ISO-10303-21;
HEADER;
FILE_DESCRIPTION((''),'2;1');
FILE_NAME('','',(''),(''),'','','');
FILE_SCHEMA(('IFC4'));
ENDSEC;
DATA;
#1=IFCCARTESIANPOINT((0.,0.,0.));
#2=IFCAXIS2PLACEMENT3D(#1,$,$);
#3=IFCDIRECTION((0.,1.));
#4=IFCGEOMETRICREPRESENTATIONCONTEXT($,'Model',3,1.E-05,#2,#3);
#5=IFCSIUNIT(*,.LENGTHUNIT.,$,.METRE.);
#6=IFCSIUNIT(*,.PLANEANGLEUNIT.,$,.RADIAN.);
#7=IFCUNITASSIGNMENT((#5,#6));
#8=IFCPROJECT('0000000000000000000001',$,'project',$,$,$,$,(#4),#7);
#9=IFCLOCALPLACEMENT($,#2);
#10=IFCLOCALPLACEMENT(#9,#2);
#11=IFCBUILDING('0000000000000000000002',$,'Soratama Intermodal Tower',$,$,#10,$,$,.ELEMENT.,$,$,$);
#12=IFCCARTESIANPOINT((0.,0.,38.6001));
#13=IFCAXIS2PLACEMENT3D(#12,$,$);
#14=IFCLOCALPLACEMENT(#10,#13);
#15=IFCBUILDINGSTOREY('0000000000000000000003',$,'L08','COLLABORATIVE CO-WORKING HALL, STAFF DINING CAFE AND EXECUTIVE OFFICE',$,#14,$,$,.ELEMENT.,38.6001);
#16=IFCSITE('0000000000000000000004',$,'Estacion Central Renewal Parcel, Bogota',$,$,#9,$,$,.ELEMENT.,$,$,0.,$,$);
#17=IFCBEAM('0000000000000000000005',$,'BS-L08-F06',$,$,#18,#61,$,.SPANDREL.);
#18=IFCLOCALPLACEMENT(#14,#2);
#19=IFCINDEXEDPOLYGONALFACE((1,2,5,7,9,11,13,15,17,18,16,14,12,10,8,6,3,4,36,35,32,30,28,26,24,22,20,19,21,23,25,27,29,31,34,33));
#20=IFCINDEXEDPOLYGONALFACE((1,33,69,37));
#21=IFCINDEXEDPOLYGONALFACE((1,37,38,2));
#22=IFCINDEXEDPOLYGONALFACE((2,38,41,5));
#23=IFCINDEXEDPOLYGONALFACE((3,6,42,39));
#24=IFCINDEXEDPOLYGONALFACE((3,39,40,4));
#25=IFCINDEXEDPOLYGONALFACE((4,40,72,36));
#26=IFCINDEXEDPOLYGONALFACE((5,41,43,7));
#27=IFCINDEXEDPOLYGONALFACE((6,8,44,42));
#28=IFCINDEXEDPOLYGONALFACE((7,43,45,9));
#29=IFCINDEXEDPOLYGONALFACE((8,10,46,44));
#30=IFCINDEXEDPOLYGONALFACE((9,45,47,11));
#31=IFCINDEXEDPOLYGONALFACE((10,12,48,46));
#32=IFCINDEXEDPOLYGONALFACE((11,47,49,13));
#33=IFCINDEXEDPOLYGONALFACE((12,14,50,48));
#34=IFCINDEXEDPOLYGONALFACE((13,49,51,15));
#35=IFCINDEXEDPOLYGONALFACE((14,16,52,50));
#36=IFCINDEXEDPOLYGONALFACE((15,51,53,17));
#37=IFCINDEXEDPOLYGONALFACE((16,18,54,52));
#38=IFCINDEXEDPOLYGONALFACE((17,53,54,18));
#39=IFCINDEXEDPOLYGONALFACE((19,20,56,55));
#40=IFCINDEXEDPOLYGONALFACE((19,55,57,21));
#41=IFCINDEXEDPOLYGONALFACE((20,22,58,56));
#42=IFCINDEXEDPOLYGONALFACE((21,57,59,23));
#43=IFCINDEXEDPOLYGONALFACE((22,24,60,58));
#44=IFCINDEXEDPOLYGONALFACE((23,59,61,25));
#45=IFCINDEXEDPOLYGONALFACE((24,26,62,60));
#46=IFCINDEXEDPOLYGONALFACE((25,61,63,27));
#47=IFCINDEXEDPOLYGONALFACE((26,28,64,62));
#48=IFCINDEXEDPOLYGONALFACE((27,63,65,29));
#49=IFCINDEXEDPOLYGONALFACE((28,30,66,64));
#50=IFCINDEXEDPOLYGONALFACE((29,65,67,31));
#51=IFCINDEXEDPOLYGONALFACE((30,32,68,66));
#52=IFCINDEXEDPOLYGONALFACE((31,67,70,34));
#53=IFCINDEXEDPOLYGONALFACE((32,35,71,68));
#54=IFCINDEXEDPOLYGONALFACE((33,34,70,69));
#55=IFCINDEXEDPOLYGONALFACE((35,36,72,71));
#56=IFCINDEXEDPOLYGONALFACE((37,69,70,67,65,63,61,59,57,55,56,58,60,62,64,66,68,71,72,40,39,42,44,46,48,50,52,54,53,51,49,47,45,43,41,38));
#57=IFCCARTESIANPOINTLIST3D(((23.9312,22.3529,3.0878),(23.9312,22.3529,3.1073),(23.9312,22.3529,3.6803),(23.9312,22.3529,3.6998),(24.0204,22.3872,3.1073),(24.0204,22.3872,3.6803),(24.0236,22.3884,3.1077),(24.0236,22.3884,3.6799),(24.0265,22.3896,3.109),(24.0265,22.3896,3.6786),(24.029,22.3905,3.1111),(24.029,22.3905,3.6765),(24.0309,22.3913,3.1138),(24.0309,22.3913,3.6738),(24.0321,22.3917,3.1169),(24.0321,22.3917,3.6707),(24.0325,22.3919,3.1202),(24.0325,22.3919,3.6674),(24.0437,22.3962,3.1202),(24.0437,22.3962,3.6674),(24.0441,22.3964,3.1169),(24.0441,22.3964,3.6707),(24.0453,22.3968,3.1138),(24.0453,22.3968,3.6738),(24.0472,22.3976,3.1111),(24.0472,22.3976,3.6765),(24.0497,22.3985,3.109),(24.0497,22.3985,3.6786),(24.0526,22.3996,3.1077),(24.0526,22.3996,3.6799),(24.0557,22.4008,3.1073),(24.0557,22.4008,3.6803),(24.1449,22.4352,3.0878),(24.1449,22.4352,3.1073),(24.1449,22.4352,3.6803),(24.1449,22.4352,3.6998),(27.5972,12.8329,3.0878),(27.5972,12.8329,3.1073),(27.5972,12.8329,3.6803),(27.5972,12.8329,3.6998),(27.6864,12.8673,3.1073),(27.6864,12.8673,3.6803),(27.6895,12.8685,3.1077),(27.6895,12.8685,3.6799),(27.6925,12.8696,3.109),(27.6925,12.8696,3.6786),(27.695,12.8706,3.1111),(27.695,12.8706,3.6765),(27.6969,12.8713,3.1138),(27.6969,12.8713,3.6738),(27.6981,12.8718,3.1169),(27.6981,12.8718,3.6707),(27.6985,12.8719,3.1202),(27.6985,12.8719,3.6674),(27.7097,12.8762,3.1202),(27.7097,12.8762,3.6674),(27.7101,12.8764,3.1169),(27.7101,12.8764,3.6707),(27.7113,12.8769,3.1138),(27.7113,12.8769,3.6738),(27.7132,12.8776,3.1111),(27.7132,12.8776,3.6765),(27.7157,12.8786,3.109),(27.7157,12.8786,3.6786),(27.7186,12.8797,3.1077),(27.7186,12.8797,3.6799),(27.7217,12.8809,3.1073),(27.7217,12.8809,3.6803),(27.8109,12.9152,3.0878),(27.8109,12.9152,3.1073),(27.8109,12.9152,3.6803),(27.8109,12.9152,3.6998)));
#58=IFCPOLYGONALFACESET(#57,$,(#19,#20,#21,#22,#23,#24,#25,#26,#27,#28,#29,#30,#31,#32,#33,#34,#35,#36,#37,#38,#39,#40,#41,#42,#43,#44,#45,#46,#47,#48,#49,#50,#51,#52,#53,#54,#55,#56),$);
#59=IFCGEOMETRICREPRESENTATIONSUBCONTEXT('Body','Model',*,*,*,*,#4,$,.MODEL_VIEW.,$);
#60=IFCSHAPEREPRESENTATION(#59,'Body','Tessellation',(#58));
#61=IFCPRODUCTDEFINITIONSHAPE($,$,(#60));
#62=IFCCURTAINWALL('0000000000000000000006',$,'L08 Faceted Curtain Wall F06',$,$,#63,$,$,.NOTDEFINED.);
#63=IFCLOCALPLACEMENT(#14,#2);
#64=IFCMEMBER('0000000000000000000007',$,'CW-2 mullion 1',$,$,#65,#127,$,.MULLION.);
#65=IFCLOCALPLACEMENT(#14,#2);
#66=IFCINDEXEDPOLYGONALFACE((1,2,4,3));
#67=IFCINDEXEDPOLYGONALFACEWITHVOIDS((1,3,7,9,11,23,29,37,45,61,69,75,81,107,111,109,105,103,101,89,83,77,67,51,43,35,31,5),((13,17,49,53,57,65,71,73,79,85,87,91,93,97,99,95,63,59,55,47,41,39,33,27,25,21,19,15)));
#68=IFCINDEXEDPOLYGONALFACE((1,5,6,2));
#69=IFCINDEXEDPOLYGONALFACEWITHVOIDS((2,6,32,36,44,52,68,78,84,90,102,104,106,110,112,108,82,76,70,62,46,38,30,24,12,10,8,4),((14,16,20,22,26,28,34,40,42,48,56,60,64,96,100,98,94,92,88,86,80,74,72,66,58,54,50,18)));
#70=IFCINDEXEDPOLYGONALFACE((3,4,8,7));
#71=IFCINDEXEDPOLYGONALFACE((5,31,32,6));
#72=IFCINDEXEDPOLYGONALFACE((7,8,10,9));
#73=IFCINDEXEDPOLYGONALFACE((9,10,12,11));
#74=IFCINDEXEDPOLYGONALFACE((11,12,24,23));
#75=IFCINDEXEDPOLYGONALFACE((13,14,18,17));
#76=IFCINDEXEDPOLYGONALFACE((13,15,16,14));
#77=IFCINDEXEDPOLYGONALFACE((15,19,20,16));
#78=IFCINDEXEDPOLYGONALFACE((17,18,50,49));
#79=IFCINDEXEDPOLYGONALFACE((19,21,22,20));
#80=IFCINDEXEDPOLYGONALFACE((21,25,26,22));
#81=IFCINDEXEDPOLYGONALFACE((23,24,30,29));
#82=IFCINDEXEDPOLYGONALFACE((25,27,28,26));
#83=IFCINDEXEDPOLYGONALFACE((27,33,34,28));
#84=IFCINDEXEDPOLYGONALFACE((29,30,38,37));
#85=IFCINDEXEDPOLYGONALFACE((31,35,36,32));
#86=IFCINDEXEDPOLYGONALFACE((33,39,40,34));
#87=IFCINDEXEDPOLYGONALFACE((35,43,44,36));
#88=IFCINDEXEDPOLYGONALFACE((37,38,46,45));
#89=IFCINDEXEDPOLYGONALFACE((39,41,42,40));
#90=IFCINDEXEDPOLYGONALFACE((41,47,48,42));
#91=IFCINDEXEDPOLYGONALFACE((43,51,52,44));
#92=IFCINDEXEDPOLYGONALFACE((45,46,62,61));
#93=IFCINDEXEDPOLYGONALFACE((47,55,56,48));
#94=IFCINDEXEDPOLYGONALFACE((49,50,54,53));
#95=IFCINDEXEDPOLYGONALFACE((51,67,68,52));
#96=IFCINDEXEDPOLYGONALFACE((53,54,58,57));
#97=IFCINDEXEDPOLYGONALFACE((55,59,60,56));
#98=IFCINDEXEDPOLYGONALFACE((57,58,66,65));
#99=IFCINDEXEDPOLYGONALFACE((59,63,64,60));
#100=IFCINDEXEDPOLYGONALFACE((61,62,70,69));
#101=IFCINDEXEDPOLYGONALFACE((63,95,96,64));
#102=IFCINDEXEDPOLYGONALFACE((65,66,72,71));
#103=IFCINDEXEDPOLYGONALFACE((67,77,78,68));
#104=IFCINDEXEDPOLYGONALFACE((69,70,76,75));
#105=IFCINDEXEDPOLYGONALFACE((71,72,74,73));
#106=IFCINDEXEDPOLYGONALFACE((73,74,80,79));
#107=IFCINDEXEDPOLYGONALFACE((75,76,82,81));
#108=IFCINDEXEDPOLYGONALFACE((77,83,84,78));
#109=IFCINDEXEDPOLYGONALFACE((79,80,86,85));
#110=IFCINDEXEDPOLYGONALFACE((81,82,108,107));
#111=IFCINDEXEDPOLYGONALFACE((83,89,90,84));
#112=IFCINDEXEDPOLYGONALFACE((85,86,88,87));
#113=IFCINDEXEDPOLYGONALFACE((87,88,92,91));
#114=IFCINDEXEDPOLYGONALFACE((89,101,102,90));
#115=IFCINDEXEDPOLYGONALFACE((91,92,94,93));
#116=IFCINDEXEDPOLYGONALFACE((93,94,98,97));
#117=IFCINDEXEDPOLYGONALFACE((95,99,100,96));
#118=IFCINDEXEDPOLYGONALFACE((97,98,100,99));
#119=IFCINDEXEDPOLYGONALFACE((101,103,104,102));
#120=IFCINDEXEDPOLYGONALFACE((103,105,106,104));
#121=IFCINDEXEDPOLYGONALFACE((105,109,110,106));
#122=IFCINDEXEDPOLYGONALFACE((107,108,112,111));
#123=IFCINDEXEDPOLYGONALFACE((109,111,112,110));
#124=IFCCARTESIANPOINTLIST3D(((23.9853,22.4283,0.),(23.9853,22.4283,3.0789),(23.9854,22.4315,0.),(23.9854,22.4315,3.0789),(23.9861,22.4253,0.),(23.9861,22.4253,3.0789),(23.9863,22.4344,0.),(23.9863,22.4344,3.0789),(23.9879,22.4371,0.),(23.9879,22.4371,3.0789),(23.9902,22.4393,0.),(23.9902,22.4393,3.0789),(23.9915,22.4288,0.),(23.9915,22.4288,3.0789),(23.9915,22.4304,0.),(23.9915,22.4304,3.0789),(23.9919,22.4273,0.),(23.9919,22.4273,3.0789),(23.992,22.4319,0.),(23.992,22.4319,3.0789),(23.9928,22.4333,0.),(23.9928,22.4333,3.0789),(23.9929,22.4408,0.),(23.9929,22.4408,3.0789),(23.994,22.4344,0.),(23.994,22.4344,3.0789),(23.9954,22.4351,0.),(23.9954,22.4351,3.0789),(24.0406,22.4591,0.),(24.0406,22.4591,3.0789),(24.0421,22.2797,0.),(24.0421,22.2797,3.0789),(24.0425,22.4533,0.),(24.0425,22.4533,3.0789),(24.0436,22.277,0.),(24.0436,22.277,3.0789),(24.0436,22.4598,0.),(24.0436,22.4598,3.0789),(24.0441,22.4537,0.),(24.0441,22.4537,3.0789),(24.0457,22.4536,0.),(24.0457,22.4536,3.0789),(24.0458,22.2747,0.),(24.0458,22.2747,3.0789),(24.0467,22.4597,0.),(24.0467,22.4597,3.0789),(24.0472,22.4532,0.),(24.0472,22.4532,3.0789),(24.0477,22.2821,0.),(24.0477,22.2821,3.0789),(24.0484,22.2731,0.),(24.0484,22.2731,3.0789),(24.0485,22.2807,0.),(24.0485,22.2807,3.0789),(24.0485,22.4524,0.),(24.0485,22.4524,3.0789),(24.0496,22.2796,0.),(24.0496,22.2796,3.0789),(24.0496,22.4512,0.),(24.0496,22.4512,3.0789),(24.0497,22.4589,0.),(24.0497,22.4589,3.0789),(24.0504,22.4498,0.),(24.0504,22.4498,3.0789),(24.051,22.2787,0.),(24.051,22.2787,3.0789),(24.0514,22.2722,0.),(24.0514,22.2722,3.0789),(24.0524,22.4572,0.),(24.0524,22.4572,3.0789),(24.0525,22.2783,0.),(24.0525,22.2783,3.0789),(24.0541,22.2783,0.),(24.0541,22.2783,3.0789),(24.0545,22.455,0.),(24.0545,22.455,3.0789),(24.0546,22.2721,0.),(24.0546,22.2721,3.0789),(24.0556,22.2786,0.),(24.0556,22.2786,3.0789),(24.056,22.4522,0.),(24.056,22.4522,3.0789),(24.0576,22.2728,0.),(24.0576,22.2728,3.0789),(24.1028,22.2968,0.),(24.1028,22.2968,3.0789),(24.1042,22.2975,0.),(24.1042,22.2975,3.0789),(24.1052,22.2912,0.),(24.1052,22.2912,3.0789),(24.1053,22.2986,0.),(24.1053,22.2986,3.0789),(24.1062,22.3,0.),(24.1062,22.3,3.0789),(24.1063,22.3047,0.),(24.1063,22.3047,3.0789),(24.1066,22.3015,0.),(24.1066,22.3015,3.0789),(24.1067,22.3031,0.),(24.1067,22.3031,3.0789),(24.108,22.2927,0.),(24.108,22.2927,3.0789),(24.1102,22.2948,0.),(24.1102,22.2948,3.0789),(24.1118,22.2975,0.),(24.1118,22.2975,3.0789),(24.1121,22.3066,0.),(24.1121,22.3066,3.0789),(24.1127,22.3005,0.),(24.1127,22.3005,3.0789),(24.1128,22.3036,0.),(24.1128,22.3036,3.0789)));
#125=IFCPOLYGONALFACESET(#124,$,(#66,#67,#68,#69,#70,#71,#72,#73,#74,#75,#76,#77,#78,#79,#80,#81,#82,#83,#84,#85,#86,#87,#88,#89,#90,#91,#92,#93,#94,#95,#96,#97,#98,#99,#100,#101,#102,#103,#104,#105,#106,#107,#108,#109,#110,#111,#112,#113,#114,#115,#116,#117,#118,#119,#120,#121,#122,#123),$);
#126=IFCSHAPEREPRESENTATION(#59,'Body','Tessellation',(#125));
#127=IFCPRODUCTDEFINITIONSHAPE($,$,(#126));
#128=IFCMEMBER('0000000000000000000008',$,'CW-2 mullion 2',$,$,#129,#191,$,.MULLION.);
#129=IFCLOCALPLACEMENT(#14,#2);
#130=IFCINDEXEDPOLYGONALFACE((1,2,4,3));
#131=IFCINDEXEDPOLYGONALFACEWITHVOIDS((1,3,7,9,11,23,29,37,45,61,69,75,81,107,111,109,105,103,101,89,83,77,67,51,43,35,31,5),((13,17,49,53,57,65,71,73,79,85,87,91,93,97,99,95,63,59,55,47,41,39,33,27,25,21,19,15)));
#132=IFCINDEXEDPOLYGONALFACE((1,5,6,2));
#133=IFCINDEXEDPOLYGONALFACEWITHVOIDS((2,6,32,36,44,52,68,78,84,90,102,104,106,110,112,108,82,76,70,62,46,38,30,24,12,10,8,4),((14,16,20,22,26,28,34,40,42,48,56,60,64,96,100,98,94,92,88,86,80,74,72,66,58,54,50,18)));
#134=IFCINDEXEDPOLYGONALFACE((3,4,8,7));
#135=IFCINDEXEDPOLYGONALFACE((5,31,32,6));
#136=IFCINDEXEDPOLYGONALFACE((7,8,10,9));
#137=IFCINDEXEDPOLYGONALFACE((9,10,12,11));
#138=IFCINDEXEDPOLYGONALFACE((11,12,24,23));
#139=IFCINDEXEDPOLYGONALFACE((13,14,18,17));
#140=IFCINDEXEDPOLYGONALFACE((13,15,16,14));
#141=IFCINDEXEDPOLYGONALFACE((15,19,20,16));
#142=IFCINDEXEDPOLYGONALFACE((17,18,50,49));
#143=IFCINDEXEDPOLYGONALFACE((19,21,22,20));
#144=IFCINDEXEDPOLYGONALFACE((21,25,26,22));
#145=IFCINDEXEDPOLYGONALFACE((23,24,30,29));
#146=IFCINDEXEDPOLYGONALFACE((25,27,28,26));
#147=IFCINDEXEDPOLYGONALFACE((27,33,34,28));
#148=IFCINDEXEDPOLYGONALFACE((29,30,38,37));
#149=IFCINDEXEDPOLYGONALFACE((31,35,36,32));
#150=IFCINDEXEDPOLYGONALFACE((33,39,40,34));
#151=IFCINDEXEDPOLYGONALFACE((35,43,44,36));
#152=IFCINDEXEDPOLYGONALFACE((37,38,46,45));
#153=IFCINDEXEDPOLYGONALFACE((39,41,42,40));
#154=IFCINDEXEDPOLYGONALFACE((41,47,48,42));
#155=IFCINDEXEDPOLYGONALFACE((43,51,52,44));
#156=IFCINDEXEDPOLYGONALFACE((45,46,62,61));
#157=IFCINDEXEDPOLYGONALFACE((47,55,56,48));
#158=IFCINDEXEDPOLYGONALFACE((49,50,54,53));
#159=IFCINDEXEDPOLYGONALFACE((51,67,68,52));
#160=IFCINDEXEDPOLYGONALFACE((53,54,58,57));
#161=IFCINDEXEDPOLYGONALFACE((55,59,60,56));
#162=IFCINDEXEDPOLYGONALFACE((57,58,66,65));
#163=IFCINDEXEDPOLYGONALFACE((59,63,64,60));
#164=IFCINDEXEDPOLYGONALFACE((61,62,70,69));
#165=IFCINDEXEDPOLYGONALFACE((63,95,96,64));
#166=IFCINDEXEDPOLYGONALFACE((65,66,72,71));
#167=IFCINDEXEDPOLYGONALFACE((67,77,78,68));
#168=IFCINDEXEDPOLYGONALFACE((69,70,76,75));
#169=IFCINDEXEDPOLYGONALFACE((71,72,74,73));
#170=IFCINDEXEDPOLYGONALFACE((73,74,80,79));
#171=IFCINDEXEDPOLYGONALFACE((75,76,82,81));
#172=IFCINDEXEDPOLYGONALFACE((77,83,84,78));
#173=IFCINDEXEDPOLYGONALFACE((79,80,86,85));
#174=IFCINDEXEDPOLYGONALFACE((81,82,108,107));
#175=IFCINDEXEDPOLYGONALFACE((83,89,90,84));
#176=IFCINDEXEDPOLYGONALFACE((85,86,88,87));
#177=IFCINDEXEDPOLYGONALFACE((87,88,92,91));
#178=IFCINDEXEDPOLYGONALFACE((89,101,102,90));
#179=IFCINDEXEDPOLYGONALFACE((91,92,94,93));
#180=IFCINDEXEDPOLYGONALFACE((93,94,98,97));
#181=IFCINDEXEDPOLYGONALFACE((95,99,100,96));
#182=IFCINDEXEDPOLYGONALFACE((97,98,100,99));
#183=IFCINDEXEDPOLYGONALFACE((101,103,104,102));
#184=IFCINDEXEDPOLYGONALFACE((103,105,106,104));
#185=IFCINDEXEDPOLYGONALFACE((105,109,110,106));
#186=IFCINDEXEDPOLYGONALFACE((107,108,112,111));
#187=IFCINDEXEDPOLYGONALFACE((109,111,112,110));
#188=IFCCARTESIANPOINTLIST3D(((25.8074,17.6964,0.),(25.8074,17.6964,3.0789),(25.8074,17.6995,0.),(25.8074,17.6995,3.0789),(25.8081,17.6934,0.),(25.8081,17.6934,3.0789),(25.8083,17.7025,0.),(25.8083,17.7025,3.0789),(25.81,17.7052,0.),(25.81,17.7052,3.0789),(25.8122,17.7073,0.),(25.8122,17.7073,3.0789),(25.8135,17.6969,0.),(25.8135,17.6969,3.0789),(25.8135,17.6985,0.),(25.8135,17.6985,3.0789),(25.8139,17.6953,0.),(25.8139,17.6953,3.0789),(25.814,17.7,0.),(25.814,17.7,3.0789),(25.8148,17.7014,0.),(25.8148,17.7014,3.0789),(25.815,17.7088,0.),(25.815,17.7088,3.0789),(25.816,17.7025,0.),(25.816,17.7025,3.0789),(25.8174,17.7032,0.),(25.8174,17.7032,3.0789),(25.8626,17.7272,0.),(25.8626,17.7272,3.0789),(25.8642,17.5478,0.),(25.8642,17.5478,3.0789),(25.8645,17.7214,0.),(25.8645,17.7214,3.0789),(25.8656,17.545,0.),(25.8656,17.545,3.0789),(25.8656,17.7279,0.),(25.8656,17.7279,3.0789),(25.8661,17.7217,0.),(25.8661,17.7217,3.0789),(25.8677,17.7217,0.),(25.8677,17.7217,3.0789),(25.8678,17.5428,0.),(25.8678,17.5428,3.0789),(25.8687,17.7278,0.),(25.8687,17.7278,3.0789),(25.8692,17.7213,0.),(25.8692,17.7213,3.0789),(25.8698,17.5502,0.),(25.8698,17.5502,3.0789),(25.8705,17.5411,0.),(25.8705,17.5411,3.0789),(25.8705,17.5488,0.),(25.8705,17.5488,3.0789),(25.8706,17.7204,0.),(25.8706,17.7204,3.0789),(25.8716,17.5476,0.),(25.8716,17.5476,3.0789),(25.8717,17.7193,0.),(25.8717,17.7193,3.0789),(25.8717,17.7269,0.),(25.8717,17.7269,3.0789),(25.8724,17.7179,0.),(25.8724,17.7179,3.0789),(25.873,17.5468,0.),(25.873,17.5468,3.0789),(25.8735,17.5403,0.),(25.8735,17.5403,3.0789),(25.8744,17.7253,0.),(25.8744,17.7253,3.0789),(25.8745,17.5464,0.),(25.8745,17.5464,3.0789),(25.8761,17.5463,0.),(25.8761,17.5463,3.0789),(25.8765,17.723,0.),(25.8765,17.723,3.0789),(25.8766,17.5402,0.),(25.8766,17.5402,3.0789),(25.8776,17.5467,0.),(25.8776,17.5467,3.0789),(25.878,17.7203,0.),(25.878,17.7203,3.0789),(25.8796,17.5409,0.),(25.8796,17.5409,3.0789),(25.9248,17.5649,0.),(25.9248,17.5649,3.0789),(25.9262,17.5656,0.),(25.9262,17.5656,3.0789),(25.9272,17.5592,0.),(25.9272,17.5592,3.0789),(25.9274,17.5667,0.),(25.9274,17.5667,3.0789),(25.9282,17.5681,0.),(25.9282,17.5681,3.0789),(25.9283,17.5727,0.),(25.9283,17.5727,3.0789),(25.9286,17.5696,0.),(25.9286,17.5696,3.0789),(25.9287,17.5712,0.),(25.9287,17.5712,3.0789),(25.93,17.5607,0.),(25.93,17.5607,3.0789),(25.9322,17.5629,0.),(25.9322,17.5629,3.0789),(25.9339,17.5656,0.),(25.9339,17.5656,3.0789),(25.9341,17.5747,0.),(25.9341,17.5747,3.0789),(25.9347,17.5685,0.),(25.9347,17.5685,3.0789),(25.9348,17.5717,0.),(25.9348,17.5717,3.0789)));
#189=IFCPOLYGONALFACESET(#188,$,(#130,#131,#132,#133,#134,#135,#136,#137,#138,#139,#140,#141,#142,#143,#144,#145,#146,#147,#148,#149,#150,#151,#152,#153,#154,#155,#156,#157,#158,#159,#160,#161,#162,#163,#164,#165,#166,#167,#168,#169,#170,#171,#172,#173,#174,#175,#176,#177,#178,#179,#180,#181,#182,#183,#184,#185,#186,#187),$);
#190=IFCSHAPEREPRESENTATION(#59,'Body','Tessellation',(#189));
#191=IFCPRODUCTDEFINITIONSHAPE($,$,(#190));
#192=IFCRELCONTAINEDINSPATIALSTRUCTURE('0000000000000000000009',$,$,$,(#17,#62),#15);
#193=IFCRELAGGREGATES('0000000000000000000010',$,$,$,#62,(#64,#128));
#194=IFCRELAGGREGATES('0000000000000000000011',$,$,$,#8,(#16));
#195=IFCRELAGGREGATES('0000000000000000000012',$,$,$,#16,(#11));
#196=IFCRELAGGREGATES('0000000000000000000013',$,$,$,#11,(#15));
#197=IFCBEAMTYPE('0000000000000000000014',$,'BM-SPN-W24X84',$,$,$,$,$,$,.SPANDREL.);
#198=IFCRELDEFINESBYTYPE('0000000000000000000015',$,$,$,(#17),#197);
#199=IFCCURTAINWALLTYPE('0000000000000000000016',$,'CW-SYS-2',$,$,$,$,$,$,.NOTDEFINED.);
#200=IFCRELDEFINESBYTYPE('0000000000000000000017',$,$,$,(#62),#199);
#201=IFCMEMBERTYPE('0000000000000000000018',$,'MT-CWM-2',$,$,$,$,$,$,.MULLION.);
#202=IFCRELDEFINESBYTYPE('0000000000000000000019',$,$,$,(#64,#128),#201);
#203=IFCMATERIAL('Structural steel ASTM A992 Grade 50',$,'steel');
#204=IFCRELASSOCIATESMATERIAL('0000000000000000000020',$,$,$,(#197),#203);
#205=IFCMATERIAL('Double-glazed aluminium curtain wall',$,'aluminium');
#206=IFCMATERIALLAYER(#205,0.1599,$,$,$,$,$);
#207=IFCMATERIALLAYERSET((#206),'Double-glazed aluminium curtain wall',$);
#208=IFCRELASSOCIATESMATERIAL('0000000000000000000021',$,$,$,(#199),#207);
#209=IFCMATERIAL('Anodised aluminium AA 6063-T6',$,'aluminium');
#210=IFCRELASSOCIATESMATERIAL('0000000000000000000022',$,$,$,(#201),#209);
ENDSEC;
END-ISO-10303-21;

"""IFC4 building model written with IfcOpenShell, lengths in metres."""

from ifc_helpers import new_model, si_unit, direction, frame, origin, origin_2d, place, context, subcontext, project, spatial, hollow_rectangle, i_section, extrude, material, layer, layer_set, material_profile, profile_set, type_object, element, aggregate, save


model = new_model("IFC4")

# Units and contexts
model_context = context("Model", 3, precision=1e-05, world=origin(), true_north=direction((0.0, 1.0)))
body_context = subcontext(model_context, "Body", "Model", "MODEL_VIEW")
ifc_project = project(units=[si_unit("LENGTHUNIT", "METRE"), si_unit("PLANEANGLEUNIT", "RADIAN")], contexts=[model_context])

# Site, building, storey
site_placement = place(None, origin())
site = spatial("IfcSite", under=ifc_project, at=site_placement, Name="Estacion Central Renewal Parcel, Bogota", CompositionType="ELEMENT", RefElevation=0.0)
building_placement = place(site_placement, origin())
building = spatial("IfcBuilding", under=site, at=building_placement, Name="Soratama Intermodal Tower", CompositionType="ELEMENT")
storey_placement = place(building_placement, frame((0.0, 0.0, 38.6001)))
storey = spatial("IfcBuildingStorey", under=building, at=storey_placement, Name="L08", Description="COLLABORATIVE CO-WORKING HALL, STAFF DINING CAFE AND EXECUTIVE OFFICE", CompositionType="ELEMENT", Elevation=38.6001)

# Beam
ifc_material_1 = material(Name="Structural steel ASTM A992 Grade 50", Category="steel")
ifc_material_profile_1 = material_profile(ifc_material_1, i_section(OverallWidth=0.229, OverallDepth=0.6121, WebThickness=0.012, FlangeThickness=0.0195, FilletRadius=0.0129, at=origin_2d()), Name="W24X84")
ifc_profile_set_1 = profile_set([ifc_material_profile_1], Name="Structural steel ASTM A992 Grade 50")
beam_type = type_object("IfcBeamType", Name="BM-SPN-W24X84", PredefinedType="SPANDREL", material=ifc_profile_set_1)
beam_placement = place(storey_placement, frame((24.0381, 22.394, 3.3938), z_axis=(0.359361, -0.933199, 0.0), x_axis=(0.933199, 0.359361, 0.0)))
element("IfcBeam", 1, at=beam_placement, inside=storey, type_object=beam_type, Name="BS-L08-F06", PredefinedType="SPANDREL", context=body_context, shape_type="SweptSolid", body=[
    extrude(i_section(OverallWidth=0.229, OverallDepth=0.6121, WebThickness=0.012, FlangeThickness=0.0195, FilletRadius=0.0129, at=origin_2d()), origin(), (0.0, 0.0, 1.0), 10.2014),
])

# Curtain wall, members
ifc_material_2 = material(Name="Double-glazed aluminium curtain wall", Category="aluminium")
ifc_layer_1 = layer(ifc_material_2, 0.1599)
ifc_layer_set_1 = layer_set([ifc_layer_1], Name="Double-glazed aluminium curtain wall")
curtain_wall_type = type_object("IfcCurtainWallType", Name="CW-SYS-2", PredefinedType="NOTDEFINED", material=ifc_layer_set_1)
curtain_wall_placement = place(storey_placement, origin())
curtain_wall = element("IfcCurtainWall", 2, at=curtain_wall_placement, inside=storey, type_object=curtain_wall_type, Name="L08 Faceted Curtain Wall F06", PredefinedType="NOTDEFINED")
ifc_material_3 = material(Name="Anodised aluminium AA 6063-T6", Category="aluminium")
ifc_material_profile_2 = material_profile(ifc_material_3, hollow_rectangle(XDim=0.075, YDim=0.1799, WallThickness=0.0061, InnerFilletRadius=0.0061, OuterFilletRadius=0.012, at=origin_2d()), Name="CWM180X75X6")
ifc_profile_set_2 = profile_set([ifc_material_profile_2], Name="Anodised aluminium AA 6063-T6")
member_type_1 = type_object("IfcMemberType", Name="MT-CWM-2", PredefinedType="MULLION", material=ifc_profile_set_2)
member_1_placement = place(storey_placement, frame((24.0491, 22.366, 0.0), z_axis=(0.0, 0.0, 1.0), x_axis=(0.933206, 0.359341, 0.0)))
member_1 = element("IfcMember", 3, at=member_1_placement, type_object=member_type_1, Name="CW-2 mullion 1", PredefinedType="MULLION", context=body_context, shape_type="SweptSolid", body=[
    extrude(hollow_rectangle(XDim=0.075, YDim=0.1799, WallThickness=0.0061, InnerFilletRadius=0.0061, OuterFilletRadius=0.012, at=origin_2d()), origin(), (0.0, 0.0, 1.0), 3.0789),
])
member_2_placement = place(storey_placement, frame((25.8711, 17.634, 0.0), z_axis=(0.0, 0.0, 1.0), x_axis=(0.933206, 0.359341, 0.0)))
member_2 = element("IfcMember", 4, at=member_2_placement, type_object=member_type_1, Name="CW-2 mullion 2", PredefinedType="MULLION", context=body_context, shape_type="SweptSolid", body=[
    extrude(hollow_rectangle(XDim=0.075, YDim=0.1799, WallThickness=0.0061, InnerFilletRadius=0.0061, OuterFilletRadius=0.012, at=origin_2d()), origin(), (0.0, 0.0, 1.0), 3.0789),
])
aggregate(curtain_wall, [member_1, member_2])

save(model, "model.ifc")
